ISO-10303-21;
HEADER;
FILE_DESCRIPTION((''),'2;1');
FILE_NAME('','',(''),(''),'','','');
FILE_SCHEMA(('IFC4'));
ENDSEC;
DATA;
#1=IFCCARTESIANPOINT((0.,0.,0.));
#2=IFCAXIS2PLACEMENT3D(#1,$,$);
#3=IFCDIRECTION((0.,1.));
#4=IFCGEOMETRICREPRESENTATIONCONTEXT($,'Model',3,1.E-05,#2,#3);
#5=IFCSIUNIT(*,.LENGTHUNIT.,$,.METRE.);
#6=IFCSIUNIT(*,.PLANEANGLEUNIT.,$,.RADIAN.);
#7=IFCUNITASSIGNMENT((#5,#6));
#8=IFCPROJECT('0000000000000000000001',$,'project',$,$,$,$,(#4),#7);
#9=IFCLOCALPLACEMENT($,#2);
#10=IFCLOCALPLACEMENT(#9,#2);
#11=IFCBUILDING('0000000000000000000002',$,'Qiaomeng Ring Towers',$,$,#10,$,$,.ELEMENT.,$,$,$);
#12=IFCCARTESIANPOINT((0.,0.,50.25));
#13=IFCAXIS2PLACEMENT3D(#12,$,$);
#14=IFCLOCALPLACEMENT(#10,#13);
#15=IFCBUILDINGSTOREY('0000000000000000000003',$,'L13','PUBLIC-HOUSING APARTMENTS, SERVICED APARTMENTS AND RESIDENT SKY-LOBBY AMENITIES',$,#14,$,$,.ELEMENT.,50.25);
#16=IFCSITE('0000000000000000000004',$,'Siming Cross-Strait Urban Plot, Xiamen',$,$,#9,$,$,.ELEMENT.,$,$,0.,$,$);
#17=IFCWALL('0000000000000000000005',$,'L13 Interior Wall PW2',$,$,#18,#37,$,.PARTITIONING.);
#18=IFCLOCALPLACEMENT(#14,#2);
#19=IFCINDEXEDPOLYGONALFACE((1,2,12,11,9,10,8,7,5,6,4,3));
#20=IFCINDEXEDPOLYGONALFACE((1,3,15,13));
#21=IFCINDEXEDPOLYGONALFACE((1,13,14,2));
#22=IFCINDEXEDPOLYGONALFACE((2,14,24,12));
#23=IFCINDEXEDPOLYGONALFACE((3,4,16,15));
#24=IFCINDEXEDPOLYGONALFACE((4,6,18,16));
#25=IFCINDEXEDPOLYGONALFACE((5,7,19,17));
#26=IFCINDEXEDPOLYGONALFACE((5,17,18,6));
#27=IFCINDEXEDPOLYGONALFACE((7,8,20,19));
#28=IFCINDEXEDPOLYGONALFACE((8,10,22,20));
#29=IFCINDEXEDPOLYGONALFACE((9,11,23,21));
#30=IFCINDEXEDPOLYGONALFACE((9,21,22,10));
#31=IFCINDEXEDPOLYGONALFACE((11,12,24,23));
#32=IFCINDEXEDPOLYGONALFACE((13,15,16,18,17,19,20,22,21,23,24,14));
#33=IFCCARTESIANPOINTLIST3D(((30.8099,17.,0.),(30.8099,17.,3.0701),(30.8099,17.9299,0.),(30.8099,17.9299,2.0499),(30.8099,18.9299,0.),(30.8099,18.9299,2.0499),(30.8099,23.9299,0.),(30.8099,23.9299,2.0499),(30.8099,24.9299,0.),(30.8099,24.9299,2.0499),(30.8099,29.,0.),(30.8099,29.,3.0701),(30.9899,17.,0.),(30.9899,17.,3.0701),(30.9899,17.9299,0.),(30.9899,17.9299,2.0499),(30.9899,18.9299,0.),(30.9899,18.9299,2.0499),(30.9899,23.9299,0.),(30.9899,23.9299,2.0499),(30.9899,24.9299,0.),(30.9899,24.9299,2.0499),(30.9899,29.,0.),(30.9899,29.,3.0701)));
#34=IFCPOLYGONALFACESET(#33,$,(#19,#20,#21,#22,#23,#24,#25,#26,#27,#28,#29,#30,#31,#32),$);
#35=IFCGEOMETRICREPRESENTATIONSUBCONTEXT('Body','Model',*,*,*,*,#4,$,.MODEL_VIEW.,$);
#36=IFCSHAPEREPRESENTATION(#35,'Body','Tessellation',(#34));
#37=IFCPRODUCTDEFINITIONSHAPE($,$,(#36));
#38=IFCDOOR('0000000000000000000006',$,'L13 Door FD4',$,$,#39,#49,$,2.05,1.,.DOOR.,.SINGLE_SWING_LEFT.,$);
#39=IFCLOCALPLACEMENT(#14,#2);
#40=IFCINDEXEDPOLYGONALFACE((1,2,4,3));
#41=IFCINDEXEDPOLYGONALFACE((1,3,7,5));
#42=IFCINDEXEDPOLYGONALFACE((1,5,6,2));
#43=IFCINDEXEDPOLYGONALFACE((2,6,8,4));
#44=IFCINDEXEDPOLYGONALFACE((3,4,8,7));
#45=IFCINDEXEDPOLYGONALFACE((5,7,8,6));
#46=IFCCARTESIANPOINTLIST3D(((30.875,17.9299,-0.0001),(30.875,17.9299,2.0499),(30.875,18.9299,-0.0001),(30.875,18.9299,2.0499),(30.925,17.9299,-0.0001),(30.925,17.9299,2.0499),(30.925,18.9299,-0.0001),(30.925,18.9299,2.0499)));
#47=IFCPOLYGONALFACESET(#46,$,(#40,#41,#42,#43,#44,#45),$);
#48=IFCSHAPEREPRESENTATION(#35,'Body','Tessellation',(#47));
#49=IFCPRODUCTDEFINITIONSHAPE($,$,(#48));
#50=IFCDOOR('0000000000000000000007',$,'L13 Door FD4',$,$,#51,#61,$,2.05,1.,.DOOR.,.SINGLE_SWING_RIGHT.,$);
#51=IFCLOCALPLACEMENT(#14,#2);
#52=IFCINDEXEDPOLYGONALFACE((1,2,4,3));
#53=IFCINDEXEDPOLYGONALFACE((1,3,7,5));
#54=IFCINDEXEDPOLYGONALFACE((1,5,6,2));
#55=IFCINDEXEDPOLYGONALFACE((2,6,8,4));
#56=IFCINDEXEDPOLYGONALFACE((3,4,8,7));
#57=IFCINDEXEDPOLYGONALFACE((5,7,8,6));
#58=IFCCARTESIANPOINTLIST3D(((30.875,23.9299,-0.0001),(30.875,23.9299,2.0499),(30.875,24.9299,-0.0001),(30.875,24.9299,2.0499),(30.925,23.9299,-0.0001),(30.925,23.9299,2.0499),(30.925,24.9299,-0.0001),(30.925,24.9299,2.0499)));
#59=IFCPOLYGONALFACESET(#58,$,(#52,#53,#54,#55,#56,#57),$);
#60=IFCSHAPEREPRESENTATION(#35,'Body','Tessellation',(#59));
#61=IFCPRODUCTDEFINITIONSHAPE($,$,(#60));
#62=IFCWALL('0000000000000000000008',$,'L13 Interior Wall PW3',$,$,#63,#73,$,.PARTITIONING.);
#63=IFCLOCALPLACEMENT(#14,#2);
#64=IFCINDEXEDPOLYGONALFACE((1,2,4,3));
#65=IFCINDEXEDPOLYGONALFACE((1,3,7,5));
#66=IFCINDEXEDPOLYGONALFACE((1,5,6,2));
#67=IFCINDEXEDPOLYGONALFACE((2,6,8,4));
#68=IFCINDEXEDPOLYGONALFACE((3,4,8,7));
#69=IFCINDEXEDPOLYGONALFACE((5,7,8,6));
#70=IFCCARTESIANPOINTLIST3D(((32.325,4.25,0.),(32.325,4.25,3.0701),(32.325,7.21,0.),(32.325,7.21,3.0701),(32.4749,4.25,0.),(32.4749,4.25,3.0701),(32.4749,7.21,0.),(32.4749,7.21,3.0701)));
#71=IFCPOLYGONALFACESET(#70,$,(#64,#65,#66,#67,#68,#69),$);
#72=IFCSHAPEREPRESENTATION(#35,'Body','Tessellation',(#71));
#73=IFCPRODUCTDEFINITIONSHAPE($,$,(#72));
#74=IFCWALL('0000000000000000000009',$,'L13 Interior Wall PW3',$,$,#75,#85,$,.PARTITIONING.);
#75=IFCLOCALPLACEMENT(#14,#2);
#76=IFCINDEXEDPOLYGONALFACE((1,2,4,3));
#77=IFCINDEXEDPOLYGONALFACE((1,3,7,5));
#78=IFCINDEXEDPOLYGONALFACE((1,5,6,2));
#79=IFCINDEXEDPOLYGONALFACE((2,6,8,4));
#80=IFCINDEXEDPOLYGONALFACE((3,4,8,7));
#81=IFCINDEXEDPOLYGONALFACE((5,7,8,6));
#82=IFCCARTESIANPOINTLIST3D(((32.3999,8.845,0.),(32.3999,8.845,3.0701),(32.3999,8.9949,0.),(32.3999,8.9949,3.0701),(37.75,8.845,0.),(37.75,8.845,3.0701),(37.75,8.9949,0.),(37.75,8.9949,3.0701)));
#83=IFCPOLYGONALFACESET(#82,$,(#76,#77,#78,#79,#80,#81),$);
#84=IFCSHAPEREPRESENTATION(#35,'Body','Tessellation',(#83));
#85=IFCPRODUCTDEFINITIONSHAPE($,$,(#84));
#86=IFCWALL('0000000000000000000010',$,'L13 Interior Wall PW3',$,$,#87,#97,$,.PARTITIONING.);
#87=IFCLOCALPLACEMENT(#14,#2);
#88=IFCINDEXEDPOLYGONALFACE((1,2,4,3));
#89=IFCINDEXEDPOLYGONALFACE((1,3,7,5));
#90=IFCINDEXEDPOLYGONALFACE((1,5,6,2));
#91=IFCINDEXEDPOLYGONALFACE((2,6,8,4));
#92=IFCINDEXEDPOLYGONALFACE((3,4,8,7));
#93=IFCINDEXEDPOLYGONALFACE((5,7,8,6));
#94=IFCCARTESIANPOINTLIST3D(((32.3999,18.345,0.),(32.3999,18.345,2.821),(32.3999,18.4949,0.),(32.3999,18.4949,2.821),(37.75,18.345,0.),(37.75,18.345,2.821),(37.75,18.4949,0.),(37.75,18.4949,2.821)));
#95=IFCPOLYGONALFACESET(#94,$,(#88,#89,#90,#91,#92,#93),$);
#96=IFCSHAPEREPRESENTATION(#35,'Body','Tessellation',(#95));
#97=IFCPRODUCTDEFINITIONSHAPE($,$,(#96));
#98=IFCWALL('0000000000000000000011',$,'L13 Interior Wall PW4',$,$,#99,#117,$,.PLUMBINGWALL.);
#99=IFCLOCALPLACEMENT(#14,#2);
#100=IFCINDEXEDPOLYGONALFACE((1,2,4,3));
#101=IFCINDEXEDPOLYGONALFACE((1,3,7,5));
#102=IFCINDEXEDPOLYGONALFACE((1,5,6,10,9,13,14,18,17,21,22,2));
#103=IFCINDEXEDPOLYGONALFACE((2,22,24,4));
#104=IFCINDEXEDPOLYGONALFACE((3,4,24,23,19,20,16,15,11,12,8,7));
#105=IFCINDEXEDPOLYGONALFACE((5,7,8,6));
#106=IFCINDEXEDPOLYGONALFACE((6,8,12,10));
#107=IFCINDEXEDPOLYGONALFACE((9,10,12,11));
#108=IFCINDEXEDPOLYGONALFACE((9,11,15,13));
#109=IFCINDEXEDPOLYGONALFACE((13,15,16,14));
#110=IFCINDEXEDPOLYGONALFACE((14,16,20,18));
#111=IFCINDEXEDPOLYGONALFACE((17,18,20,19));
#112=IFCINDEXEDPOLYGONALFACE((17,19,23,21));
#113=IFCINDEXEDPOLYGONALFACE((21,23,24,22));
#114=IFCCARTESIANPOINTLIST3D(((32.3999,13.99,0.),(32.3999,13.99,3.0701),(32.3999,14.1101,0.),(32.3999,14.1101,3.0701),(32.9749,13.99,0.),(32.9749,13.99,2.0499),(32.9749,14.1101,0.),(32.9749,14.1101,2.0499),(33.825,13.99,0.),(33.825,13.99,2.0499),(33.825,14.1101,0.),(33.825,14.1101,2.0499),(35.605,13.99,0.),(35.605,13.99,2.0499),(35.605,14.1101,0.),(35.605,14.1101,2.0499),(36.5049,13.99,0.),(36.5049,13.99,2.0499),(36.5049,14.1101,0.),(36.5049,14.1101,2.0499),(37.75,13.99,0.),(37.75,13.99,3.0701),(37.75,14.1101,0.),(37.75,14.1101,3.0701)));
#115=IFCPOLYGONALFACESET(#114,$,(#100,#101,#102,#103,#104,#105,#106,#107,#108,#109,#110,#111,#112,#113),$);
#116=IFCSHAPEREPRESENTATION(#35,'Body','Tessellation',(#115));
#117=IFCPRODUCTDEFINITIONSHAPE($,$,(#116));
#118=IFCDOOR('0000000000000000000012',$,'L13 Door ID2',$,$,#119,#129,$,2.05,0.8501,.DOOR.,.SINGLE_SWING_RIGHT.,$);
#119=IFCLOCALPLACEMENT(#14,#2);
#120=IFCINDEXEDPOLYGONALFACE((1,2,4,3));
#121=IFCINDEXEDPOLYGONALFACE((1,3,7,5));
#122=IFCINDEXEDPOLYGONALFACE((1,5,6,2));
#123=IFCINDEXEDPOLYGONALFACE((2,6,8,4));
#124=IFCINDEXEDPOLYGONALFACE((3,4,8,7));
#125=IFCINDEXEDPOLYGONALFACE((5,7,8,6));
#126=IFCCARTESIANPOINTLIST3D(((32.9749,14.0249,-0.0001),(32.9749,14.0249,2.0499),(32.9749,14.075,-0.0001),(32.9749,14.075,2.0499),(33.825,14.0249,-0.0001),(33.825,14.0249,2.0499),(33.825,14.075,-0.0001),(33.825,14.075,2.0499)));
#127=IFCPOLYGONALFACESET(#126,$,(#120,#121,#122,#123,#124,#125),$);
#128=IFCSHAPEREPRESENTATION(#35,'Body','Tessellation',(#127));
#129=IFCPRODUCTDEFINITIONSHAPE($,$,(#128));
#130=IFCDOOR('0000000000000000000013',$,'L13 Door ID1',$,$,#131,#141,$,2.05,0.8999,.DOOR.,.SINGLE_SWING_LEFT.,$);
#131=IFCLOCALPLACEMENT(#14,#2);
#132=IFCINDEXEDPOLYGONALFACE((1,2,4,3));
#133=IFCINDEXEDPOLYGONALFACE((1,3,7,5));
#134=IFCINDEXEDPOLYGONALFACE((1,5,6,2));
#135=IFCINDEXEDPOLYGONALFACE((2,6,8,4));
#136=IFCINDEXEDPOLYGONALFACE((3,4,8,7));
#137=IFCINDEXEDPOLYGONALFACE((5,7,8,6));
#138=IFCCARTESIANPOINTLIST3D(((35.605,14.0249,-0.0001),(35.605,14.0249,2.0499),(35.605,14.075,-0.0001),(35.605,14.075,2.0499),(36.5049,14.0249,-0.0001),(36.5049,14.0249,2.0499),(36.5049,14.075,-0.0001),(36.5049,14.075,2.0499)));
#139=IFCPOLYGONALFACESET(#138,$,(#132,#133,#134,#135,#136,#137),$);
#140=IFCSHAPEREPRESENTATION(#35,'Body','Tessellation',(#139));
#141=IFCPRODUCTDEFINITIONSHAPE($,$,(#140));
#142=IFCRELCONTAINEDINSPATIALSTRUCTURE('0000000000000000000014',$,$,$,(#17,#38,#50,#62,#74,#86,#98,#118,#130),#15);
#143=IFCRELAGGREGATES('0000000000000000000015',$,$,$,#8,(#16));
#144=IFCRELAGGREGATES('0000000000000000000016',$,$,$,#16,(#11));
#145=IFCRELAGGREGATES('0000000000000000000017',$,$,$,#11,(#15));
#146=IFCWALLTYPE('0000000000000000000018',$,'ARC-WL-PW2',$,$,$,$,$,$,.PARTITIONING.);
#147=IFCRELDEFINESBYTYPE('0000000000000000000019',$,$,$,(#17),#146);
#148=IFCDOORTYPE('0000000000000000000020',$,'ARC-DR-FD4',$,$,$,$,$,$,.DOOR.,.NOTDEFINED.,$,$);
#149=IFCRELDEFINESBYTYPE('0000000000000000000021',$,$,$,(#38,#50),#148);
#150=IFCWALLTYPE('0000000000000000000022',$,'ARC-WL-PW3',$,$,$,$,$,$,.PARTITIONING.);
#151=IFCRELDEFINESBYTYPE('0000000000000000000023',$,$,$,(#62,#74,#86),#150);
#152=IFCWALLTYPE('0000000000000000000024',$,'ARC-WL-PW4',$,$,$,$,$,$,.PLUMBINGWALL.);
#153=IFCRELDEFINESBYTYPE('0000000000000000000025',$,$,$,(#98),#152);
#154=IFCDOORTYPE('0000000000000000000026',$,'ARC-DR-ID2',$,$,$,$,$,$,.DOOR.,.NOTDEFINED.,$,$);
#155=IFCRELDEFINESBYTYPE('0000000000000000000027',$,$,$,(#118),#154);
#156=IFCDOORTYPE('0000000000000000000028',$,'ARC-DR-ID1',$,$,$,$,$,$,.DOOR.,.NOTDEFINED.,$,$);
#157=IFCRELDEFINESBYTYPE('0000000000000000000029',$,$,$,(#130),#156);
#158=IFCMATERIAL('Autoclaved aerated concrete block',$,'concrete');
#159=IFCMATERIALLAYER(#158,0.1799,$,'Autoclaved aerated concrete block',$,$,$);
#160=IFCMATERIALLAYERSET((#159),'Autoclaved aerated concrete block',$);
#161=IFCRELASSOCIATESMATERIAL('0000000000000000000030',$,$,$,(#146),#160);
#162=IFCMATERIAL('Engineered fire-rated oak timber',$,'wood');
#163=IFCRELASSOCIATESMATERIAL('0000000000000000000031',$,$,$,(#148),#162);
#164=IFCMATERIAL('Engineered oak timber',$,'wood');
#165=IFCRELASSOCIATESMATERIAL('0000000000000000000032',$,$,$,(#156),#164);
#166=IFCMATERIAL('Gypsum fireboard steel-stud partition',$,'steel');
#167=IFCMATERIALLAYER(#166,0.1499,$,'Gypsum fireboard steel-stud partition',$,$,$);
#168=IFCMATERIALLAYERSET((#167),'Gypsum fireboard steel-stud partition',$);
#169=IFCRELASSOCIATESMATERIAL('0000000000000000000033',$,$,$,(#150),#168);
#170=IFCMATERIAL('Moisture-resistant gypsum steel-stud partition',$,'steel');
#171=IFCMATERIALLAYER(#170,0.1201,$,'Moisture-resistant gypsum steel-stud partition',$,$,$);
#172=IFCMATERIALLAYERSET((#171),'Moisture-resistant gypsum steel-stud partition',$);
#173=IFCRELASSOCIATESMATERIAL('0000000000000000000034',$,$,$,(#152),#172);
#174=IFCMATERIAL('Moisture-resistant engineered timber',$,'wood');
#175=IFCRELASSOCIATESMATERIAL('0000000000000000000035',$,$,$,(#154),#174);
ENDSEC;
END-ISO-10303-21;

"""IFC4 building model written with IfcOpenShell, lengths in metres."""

from ifc_helpers import new_model, si_unit, direction, frame, frame_2d, origin, place, context, subcontext, project, spatial, rectangle, extrude, source, transform, mapped, material, layer, layer_set, type_object, element, fill, save


model = new_model("IFC4")

# Units and contexts
model_context = context("Model", 3, precision=1e-05, world=origin(), true_north=direction((0.0, 1.0)))
body_context = subcontext(model_context, "Body", "Model", "MODEL_VIEW")
ifc_project = project(units=[si_unit("LENGTHUNIT", "METRE"), si_unit("PLANEANGLEUNIT", "RADIAN")], contexts=[model_context])

# Site, building, storey
site_placement = place(None, origin())
site = spatial("IfcSite", under=ifc_project, at=site_placement, Name="Siming Cross-Strait Urban Plot, Xiamen", CompositionType="ELEMENT", RefElevation=0.0)
building_placement = place(site_placement, origin())
building = spatial("IfcBuilding", under=site, at=building_placement, Name="Qiaomeng Ring Towers", CompositionType="ELEMENT")
storey_placement = place(building_placement, frame((0.0, 0.0, 50.25)))
storey = spatial("IfcBuildingStorey", under=building, at=storey_placement, Name="L13", Description="PUBLIC-HOUSING APARTMENTS, SERVICED APARTMENTS AND RESIDENT SKY-LOBBY AMENITIES", CompositionType="ELEMENT", Elevation=50.25)

# Wall, openings, doors
ifc_material_1 = material(Name="Autoclaved aerated concrete block", Category="concrete")
ifc_layer_1 = layer(ifc_material_1, 0.1799, Name="Autoclaved aerated concrete block")
ifc_layer_set_1 = layer_set([ifc_layer_1], Name="Autoclaved aerated concrete block")
wall_type_1 = type_object("IfcWallType", Name="ARC-WL-PW2", PredefinedType="PARTITIONING", material=ifc_layer_set_1)
ifc_material_2 = material(Name="Engineered fire-rated oak timber", Category="wood")
door_type_1 = type_object("IfcDoorType", Name="ARC-DR-FD4", OperationType="NOTDEFINED", PredefinedType="DOOR", material=ifc_material_2)
shared_shape_1 = source(origin(), body_context, "Body", "SweptSolid", [
    extrude(rectangle(XDim=1.0, YDim=2.05, at=frame_2d((0.5, 1.0249))), frame((0.0, 0.0249, 0.0), z_axis=(0.0, -1.0, 0.0), x_axis=(1.0, 0.0, 0.0)), (0.0, 0.0, 1.0), 0.05),
])
ifc_material_3 = material(Name="Engineered oak timber", Category="wood")
door_type_2 = type_object("IfcDoorType", Name="ARC-DR-ID1", OperationType="NOTDEFINED", PredefinedType="DOOR", material=ifc_material_3)
shared_shape_2 = source(origin(), body_context, "Body", "SweptSolid", [
    extrude(rectangle(XDim=0.8999, YDim=2.05, at=frame_2d((0.45, 1.0249))), frame((0.0, 0.0249, 0.0), z_axis=(0.0, -1.0, 0.0), x_axis=(1.0, 0.0, 0.0)), (0.0, 0.0, 1.0), 0.05),
])
wall_1_placement = place(storey_placement, frame((30.8999, 17.0, 0.0), z_axis=(0.0, 0.0, 1.0), x_axis=(0.0, 1.0, 0.0)))
wall_1 = element("IfcWall", 1, at=wall_1_placement, inside=storey, type_object=wall_type_1, Name="L13 Interior Wall PW2", PredefinedType="PARTITIONING", context=body_context, shape_type="SweptSolid", body=[
    extrude(rectangle(XDim=12.0, YDim=0.1799, at=frame_2d((6.0, 0.0))), origin(), (0.0, 0.0, 1.0), 3.0701),
])
opening_1_placement = place(wall_1_placement, frame((0.9299, 0.0, 0.0)))
opening_1 = element("IfcOpeningElement", 2, at=opening_1_placement, cuts=wall_1, PredefinedType="OPENING", context=body_context, shape_type="SweptSolid", body=[
    extrude(rectangle(XDim=1.0, YDim=2.05, at=frame_2d((0.5, 1.0249))), frame((0.0, 0.0999, 0.0), z_axis=(0.0, -1.0, 0.0), x_axis=(1.0, 0.0, 0.0)), (0.0, 0.0, 1.0), 0.2),
])
opening_2_placement = place(wall_1_placement, frame((6.9299, 0.0, 0.0)))
opening_2 = element("IfcOpeningElement", 3, at=opening_2_placement, cuts=wall_1, PredefinedType="OPENING", context=body_context, shape_type="SweptSolid", body=[
    extrude(rectangle(XDim=1.0, YDim=2.05, at=frame_2d((0.5, 1.0249))), frame((0.0, 0.0999, 0.0), z_axis=(0.0, -1.0, 0.0), x_axis=(1.0, 0.0, 0.0)), (0.0, 0.0, 1.0), 0.2),
])
door_1_placement = place(opening_1_placement, origin())
door_1 = element("IfcDoor", 4, at=door_1_placement, inside=storey, type_object=door_type_1, Name="L13 Door FD4", OperationType="SINGLE_SWING_LEFT", OverallHeight=2.05, OverallWidth=1.0, PredefinedType="DOOR", context=body_context, shape_type="MappedRepresentation", body=[
    mapped(shared_shape_1, transform((0.0, 0.0, 0.0), x_axis=(1.0, 0.0, 0.0), y_axis=(0.0, 1.0, 0.0), z_axis=(0.0, 0.0, 1.0), scale=1.0)),
])
fill(opening_1, door_1)
door_2_placement = place(opening_2_placement, origin())
door_2 = element("IfcDoor", 5, at=door_2_placement, inside=storey, type_object=door_type_1, Name="L13 Door FD4", OperationType="SINGLE_SWING_RIGHT", OverallHeight=2.05, OverallWidth=1.0, PredefinedType="DOOR", context=body_context, shape_type="MappedRepresentation", body=[
    mapped(shared_shape_1, transform((0.0, 0.0, 0.0), x_axis=(1.0, 0.0, 0.0), y_axis=(0.0, 1.0, 0.0), z_axis=(0.0, 0.0, 1.0), scale=1.0)),
])
fill(opening_2, door_2)

# Walls
ifc_material_4 = material(Name="Gypsum fireboard steel-stud partition", Category="steel")
ifc_layer_2 = layer(ifc_material_4, 0.1499, Name="Gypsum fireboard steel-stud partition")
ifc_layer_set_2 = layer_set([ifc_layer_2], Name="Gypsum fireboard steel-stud partition")
wall_type_2 = type_object("IfcWallType", Name="ARC-WL-PW3", PredefinedType="PARTITIONING", material=ifc_layer_set_2)
wall_2_placement = place(storey_placement, frame((32.3999, 4.25, 0.0), z_axis=(0.0, 0.0, 1.0), x_axis=(0.0, 1.0, 0.0)))
element("IfcWall", 6, at=wall_2_placement, inside=storey, type_object=wall_type_2, Name="L13 Interior Wall PW3", PredefinedType="PARTITIONING", context=body_context, shape_type="SweptSolid", body=[
    extrude(rectangle(XDim=2.96, YDim=0.1499, at=frame_2d((1.48, 0.0))), origin(), (0.0, 0.0, 1.0), 3.0701),
])
wall_3_placement = place(storey_placement, frame((32.3999, 8.9199, 0.0), z_axis=(0.0, 0.0, 1.0), x_axis=(1.0, 0.0, 0.0)))
element("IfcWall", 7, at=wall_3_placement, inside=storey, type_object=wall_type_2, Name="L13 Interior Wall PW3", PredefinedType="PARTITIONING", context=body_context, shape_type="SweptSolid", body=[
    extrude(rectangle(XDim=5.3501, YDim=0.1499, at=frame_2d((2.675, 0.0))), origin(), (0.0, 0.0, 1.0), 3.0701),
])
wall_4_placement = place(storey_placement, frame((32.3999, 18.4199, 0.0), z_axis=(0.0, 0.0, 1.0), x_axis=(1.0, 0.0, 0.0)))
element("IfcWall", 8, at=wall_4_placement, inside=storey, type_object=wall_type_2, Name="L13 Interior Wall PW3", PredefinedType="PARTITIONING", context=body_context, shape_type="SweptSolid", body=[
    extrude(rectangle(XDim=5.3501, YDim=0.1499, at=frame_2d((2.675, 0.0))), origin(), (0.0, 0.0, 1.0), 2.821),
])

# Wall, openings, doors
ifc_material_5 = material(Name="Moisture-resistant gypsum steel-stud partition", Category="steel")
ifc_layer_3 = layer(ifc_material_5, 0.1201, Name="Moisture-resistant gypsum steel-stud partition")
ifc_layer_set_3 = layer_set([ifc_layer_3], Name="Moisture-resistant gypsum steel-stud partition")
wall_type_3 = type_object("IfcWallType", Name="ARC-WL-PW4", PredefinedType="PLUMBINGWALL", material=ifc_layer_set_3)
wall_5_placement = place(storey_placement, frame((32.3999, 14.05, 0.0), z_axis=(0.0, 0.0, 1.0), x_axis=(1.0, 0.0, 0.0)))
wall_5 = element("IfcWall", 9, at=wall_5_placement, inside=storey, type_object=wall_type_3, Name="L13 Interior Wall PW4", PredefinedType="PLUMBINGWALL", context=body_context, shape_type="SweptSolid", body=[
    extrude(rectangle(XDim=5.3501, YDim=0.1201, at=frame_2d((2.675, 0.0))), origin(), (0.0, 0.0, 1.0), 3.0701),
])
opening_3_placement = place(wall_5_placement, frame((0.575, 0.0, 0.0)))
opening_3 = element("IfcOpeningElement", 10, at=opening_3_placement, cuts=wall_5, PredefinedType="OPENING", context=body_context, shape_type="SweptSolid", body=[
    extrude(rectangle(XDim=0.8501, YDim=2.05, at=frame_2d((0.425, 1.0249))), frame((0.0, 0.0701, 0.0), z_axis=(0.0, -1.0, 0.0), x_axis=(1.0, 0.0, 0.0)), (0.0, 0.0, 1.0), 0.1401),
])
opening_4_placement = place(wall_5_placement, frame((3.2051, 0.0, 0.0)))
opening_4 = element("IfcOpeningElement", 11, at=opening_4_placement, cuts=wall_5, PredefinedType="OPENING", context=body_context, shape_type="SweptSolid", body=[
    extrude(rectangle(XDim=0.8999, YDim=2.05, at=frame_2d((0.45, 1.0249))), frame((0.0, 0.0701, 0.0), z_axis=(0.0, -1.0, 0.0), x_axis=(1.0, 0.0, 0.0)), (0.0, 0.0, 1.0), 0.1401),
])
ifc_material_6 = material(Name="Moisture-resistant engineered timber", Category="wood")
door_type_3 = type_object("IfcDoorType", Name="ARC-DR-ID2", OperationType="NOTDEFINED", PredefinedType="DOOR", material=ifc_material_6)
shared_shape_3 = source(origin(), body_context, "Body", "SweptSolid", [
    extrude(rectangle(XDim=0.8501, YDim=2.05, at=frame_2d((0.425, 1.0249))), frame((0.0, 0.0249, 0.0), z_axis=(0.0, -1.0, 0.0), x_axis=(1.0, 0.0, 0.0)), (0.0, 0.0, 1.0), 0.05),
])
door_3_placement = place(opening_3_placement, origin())
door_3 = element("IfcDoor", 12, at=door_3_placement, inside=storey, type_object=door_type_3, Name="L13 Door ID2", OperationType="SINGLE_SWING_RIGHT", OverallHeight=2.05, OverallWidth=0.8501, PredefinedType="DOOR", context=body_context, shape_type="MappedRepresentation", body=[
    mapped(shared_shape_3, transform((0.0, 0.0, 0.0), x_axis=(1.0, 0.0, 0.0), y_axis=(0.0, 1.0, 0.0), z_axis=(0.0, 0.0, 1.0), scale=1.0)),
])
fill(opening_3, door_3)
door_4_placement = place(opening_4_placement, origin())
door_4 = element("IfcDoor", 13, at=door_4_placement, inside=storey, type_object=door_type_2, Name="L13 Door ID1", OperationType="SINGLE_SWING_LEFT", OverallHeight=2.05, OverallWidth=0.8999, PredefinedType="DOOR", context=body_context, shape_type="MappedRepresentation", body=[
    mapped(shared_shape_2, transform((0.0, 0.0, 0.0), x_axis=(1.0, 0.0, 0.0), y_axis=(0.0, 1.0, 0.0), z_axis=(0.0, 0.0, 1.0), scale=1.0)),
])
fill(opening_4, door_4)

save(model, "model.ifc")
